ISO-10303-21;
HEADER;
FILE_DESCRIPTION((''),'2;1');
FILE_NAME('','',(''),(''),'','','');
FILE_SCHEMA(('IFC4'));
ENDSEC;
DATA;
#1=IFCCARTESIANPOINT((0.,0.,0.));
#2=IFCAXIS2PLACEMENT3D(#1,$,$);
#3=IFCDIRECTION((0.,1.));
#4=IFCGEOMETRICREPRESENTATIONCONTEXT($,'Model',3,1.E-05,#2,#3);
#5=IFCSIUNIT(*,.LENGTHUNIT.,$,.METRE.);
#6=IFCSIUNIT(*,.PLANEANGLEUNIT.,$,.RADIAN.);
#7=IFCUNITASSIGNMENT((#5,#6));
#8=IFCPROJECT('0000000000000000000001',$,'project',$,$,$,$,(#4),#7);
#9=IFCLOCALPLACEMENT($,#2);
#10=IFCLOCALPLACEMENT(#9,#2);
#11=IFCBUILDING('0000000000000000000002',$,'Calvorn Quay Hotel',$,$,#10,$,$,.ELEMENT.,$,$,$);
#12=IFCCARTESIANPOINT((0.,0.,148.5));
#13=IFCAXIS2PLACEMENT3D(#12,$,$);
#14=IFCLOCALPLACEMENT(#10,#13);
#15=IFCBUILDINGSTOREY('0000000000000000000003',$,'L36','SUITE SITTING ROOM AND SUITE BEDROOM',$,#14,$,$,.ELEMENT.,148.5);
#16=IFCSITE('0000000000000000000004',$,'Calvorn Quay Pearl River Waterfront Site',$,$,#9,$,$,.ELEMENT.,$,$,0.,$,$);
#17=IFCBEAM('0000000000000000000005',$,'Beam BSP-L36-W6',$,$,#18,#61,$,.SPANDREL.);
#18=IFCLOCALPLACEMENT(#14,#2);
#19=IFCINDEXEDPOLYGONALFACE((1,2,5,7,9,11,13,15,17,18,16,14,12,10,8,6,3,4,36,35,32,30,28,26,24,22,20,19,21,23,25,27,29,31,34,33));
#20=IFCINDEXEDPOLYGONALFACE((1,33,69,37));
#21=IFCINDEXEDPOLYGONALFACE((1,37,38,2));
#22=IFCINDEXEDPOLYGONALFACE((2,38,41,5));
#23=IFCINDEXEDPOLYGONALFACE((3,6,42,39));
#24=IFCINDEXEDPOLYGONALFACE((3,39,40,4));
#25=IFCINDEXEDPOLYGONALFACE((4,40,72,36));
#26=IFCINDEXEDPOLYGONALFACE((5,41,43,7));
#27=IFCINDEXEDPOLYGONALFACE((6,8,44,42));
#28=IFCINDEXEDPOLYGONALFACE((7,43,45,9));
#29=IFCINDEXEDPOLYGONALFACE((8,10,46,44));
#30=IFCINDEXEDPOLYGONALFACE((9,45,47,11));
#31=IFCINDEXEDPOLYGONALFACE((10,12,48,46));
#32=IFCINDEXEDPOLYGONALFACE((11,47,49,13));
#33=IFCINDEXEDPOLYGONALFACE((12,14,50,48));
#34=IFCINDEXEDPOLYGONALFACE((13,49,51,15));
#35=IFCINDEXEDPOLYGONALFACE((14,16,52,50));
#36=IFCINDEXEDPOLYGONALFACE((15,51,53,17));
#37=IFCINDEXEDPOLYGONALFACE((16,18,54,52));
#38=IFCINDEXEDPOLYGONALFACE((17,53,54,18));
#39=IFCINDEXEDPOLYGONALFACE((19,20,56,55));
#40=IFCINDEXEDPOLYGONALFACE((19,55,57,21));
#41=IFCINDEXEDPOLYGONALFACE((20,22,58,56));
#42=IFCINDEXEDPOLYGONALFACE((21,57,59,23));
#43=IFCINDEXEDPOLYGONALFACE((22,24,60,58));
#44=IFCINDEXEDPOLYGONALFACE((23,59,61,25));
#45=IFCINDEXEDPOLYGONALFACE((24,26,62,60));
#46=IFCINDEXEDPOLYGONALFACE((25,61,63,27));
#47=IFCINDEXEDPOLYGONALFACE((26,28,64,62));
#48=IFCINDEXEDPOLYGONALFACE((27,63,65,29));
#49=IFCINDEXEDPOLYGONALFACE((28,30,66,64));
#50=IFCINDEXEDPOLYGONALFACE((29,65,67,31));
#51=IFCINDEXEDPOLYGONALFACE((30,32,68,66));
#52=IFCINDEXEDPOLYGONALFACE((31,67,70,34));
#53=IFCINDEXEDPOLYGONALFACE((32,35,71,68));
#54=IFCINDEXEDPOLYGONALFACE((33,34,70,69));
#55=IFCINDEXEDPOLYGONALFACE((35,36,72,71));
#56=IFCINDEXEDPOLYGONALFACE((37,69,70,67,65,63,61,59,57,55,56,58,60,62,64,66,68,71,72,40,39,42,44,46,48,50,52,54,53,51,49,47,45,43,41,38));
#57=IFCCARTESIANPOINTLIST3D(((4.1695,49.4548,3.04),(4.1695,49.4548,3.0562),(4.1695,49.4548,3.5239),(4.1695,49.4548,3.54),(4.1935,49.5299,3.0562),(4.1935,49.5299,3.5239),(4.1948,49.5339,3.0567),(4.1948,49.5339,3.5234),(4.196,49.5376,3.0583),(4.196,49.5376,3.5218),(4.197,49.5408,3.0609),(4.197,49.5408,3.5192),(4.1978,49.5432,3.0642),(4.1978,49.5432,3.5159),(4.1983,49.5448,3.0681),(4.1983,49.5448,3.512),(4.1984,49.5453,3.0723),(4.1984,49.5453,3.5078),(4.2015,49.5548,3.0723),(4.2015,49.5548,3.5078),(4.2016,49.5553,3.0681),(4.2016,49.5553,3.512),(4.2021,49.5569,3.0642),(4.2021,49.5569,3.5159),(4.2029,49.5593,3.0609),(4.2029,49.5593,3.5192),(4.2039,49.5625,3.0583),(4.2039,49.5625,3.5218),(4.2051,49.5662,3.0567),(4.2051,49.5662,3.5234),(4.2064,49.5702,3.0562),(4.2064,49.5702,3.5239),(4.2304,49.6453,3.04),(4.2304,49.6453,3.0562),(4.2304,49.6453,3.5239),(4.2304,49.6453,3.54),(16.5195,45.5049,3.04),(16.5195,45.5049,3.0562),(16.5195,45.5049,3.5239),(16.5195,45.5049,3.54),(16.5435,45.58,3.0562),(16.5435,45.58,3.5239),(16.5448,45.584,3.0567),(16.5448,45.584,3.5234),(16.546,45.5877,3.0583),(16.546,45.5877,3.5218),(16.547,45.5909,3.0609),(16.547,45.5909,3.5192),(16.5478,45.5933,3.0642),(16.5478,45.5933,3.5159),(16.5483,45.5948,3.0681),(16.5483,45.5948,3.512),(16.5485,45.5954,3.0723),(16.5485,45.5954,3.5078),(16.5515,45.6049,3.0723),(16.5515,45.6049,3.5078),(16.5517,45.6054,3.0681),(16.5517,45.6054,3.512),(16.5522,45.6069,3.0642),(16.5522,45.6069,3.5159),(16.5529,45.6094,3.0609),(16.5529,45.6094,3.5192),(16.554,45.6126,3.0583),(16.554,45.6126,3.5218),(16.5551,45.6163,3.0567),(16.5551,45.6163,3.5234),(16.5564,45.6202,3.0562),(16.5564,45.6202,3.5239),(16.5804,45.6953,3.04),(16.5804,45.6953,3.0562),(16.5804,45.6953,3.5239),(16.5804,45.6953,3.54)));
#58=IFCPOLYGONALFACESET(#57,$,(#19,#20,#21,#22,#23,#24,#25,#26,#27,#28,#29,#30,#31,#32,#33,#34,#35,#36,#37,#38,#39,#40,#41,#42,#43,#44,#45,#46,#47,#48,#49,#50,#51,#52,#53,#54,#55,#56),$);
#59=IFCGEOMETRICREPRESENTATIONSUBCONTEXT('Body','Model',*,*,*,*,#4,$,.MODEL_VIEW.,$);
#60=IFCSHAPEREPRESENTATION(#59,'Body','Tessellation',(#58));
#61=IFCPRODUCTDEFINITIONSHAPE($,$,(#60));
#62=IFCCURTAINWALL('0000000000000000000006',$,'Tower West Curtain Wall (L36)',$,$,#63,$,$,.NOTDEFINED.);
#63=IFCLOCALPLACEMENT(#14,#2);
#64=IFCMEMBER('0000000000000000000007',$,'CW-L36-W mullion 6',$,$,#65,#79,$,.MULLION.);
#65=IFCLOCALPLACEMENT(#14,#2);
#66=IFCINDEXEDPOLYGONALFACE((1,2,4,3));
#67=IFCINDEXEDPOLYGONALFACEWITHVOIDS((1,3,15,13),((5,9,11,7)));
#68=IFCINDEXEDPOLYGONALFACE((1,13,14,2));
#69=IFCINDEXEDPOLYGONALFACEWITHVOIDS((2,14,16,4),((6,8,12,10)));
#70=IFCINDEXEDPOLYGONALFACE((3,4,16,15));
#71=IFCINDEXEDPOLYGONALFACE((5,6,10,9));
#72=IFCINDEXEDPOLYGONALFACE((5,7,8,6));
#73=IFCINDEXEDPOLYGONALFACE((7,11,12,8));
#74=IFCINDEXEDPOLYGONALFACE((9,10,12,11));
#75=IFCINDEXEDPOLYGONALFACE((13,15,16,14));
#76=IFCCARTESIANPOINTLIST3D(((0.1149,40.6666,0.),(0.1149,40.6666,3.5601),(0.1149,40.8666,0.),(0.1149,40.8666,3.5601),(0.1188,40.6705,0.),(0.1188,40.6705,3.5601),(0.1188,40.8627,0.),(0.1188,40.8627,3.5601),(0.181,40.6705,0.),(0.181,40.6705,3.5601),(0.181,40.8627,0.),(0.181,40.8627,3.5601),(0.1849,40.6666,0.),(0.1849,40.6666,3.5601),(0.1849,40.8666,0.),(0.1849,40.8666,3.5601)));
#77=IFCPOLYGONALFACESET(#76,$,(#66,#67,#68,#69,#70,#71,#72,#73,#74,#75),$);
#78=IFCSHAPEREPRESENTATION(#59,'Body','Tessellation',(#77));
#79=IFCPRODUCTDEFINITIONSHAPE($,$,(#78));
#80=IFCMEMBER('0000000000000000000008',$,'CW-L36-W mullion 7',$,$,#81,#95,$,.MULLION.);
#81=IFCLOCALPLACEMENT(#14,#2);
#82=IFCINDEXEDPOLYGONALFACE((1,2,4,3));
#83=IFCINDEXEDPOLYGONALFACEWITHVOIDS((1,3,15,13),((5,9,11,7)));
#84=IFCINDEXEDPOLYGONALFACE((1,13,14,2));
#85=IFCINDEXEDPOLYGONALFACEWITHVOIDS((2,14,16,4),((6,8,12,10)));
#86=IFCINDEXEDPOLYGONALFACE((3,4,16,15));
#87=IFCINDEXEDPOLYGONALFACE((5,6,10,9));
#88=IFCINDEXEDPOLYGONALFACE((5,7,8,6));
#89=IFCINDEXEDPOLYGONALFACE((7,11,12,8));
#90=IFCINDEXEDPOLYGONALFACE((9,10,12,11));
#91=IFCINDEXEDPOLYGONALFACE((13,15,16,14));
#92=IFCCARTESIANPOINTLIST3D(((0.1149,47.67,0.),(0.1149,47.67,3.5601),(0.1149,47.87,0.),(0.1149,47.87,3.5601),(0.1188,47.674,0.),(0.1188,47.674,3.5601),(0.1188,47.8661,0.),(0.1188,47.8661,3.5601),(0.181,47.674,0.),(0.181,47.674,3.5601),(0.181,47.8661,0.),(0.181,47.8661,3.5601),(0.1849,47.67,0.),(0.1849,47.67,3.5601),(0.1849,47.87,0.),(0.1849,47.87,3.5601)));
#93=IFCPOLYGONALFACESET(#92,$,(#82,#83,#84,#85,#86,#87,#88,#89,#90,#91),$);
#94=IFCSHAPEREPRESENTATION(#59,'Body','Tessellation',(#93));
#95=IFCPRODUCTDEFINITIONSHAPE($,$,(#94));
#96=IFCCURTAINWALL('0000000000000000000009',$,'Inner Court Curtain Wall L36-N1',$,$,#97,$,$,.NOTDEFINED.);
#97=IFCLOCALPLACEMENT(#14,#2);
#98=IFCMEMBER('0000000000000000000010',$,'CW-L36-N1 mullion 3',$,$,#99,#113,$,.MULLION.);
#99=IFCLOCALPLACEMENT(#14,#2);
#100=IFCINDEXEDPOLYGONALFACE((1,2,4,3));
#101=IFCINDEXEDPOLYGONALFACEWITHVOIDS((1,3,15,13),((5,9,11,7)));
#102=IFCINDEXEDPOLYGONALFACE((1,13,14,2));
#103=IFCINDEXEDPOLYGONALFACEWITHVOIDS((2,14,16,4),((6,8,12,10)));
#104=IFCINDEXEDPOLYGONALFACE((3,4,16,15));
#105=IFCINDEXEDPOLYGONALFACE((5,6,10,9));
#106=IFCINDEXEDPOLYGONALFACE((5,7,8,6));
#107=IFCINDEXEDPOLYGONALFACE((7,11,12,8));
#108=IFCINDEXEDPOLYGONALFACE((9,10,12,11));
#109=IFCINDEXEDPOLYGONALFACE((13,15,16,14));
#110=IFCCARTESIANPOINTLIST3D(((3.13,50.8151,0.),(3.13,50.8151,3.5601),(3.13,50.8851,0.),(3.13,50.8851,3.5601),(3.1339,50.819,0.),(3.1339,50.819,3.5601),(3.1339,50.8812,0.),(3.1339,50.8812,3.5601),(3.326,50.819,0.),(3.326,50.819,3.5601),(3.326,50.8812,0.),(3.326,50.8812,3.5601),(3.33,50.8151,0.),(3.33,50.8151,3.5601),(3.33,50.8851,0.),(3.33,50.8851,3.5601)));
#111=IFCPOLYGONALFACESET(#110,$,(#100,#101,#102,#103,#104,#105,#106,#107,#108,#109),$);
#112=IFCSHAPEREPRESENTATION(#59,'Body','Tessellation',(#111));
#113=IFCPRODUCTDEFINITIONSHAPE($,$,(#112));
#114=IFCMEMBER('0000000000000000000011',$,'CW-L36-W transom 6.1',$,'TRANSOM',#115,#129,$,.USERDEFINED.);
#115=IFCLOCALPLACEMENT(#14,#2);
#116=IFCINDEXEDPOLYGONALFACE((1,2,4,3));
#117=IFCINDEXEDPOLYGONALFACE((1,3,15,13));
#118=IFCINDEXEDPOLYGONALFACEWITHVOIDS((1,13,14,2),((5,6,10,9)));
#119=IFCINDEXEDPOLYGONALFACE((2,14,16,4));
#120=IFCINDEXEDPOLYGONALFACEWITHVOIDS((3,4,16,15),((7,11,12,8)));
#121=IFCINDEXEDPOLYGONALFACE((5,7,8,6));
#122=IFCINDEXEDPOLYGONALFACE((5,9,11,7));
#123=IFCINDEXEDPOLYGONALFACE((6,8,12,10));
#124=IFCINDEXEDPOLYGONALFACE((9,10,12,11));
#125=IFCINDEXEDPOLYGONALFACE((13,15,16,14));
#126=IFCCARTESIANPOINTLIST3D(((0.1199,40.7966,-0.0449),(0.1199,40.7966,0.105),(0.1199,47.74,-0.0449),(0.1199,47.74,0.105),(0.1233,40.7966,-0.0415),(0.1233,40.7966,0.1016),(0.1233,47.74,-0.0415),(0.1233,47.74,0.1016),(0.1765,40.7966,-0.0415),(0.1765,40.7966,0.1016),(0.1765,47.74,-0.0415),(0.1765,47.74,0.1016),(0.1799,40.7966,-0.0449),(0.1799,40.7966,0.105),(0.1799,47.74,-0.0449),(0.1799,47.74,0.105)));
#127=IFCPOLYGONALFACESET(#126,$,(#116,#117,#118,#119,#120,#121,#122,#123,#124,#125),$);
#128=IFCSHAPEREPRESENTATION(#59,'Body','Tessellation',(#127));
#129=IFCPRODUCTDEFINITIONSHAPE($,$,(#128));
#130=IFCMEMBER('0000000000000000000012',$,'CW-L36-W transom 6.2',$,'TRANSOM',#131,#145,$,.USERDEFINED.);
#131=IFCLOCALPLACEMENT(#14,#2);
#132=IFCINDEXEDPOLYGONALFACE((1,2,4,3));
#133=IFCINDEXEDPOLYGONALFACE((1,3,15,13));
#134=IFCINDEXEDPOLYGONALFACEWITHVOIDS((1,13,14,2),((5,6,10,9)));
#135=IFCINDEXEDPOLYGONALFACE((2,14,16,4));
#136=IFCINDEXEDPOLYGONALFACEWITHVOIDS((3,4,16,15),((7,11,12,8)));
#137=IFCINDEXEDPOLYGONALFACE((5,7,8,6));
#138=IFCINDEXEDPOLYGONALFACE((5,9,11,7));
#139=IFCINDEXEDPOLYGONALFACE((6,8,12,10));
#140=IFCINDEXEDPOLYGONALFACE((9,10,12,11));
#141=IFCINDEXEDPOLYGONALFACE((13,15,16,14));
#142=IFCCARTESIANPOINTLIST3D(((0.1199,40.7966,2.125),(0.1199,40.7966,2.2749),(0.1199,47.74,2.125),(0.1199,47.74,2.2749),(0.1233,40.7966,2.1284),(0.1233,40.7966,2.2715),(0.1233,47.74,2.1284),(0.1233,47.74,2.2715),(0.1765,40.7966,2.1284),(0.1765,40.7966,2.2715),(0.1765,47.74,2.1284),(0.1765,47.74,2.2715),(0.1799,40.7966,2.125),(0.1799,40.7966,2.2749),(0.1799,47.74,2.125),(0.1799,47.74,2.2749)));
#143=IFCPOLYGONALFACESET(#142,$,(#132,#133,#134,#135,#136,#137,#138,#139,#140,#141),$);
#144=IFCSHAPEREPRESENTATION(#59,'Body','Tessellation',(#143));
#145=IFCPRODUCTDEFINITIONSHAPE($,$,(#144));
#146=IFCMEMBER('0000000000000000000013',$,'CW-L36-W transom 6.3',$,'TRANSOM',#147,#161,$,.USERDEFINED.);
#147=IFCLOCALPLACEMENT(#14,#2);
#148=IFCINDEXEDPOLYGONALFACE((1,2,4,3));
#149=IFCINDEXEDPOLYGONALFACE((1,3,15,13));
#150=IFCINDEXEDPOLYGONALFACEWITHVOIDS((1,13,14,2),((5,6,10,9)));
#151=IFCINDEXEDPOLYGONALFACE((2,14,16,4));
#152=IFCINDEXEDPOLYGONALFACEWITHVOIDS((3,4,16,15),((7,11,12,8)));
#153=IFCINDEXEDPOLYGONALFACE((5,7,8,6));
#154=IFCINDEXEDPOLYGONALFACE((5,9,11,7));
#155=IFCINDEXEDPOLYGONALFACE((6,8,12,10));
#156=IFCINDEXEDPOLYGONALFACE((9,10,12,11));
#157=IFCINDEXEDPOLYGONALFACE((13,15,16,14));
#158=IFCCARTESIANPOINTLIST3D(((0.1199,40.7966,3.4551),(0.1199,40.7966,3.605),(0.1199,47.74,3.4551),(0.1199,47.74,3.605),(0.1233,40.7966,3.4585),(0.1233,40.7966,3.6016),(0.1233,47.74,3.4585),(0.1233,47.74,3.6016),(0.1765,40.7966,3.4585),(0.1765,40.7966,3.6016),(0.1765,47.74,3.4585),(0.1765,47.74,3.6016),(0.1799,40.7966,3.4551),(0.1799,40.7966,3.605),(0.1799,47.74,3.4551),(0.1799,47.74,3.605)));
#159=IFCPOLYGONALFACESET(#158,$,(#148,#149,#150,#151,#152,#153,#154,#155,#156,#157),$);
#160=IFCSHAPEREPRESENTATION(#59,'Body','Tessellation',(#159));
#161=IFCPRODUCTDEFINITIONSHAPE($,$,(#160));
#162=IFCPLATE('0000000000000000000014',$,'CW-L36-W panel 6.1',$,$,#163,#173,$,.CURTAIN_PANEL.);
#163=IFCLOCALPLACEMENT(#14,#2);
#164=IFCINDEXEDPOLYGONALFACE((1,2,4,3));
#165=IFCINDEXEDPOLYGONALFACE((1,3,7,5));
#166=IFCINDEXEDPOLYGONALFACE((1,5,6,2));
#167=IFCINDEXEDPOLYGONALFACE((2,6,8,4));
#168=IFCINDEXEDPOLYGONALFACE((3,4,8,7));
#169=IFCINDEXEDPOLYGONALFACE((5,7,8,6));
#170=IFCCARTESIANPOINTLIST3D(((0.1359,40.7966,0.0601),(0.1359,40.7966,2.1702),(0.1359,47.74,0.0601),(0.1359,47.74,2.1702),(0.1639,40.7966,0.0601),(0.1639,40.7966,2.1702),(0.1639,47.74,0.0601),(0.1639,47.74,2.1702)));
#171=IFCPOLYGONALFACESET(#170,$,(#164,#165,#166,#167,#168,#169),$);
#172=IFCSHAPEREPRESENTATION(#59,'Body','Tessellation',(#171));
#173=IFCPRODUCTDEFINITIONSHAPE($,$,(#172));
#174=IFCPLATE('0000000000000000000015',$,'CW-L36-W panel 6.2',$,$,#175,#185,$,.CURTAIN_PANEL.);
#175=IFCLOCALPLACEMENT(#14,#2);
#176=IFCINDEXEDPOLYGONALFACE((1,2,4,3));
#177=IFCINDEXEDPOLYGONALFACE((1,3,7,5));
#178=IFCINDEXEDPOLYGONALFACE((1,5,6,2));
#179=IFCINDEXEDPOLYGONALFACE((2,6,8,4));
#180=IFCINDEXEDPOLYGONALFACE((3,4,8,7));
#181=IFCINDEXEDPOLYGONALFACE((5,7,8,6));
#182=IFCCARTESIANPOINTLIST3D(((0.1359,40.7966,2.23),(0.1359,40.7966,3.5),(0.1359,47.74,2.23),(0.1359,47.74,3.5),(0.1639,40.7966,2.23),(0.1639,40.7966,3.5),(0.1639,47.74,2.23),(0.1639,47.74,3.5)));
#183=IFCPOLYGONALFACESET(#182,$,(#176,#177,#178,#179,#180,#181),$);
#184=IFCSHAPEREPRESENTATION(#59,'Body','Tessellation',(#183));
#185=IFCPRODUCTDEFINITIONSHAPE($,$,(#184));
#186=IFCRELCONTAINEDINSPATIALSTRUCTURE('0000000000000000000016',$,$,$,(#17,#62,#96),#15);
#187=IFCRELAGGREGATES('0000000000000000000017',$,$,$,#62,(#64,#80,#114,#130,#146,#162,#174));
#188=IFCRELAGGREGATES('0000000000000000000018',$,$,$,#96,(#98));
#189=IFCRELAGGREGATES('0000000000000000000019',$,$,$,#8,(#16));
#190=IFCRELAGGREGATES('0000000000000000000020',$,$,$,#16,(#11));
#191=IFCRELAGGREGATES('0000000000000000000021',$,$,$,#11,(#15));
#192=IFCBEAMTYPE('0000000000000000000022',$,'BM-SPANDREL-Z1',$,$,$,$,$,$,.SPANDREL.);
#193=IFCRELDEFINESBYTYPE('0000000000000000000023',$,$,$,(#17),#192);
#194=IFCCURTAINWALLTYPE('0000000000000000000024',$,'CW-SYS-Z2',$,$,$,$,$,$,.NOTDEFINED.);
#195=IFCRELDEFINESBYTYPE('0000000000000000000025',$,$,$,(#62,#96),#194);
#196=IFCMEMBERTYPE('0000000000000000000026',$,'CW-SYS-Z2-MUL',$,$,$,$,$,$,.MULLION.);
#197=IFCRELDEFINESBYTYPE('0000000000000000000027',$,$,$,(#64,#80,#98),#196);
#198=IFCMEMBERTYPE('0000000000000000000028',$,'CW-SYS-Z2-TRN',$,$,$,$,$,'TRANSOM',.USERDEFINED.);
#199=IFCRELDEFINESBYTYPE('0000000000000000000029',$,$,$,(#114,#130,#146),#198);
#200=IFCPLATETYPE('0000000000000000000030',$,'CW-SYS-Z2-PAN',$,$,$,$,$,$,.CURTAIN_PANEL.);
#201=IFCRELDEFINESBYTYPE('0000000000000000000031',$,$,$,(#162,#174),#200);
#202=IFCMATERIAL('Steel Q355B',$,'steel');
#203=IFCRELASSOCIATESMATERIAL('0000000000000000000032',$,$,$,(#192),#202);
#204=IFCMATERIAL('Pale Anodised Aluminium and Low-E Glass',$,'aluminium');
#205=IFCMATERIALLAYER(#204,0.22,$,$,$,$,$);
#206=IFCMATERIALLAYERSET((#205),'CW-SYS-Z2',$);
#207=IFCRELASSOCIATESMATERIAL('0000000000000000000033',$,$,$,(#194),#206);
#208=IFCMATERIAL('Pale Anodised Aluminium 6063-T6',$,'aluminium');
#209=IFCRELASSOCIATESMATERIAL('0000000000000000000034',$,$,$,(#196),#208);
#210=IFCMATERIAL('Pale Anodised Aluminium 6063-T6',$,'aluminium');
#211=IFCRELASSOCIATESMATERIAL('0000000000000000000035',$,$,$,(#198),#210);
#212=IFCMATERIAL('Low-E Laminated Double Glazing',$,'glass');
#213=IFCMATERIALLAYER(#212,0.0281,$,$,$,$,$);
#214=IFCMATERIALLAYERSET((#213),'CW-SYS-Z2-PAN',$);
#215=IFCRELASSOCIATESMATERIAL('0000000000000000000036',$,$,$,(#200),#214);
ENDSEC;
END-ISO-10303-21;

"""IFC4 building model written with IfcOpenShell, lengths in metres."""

from ifc_helpers import new_model, si_unit, direction, frame, origin, origin_2d, place, context, subcontext, project, spatial, rectangle, hollow_rectangle, i_section, extrude, material, layer, layer_set, material_profile, profile_set, type_object, element, aggregate, save


model = new_model("IFC4")

# Units and contexts
model_context = context("Model", 3, precision=1e-05, world=origin(), true_north=direction((0.0, 1.0)))
body_context = subcontext(model_context, "Body", "Model", "MODEL_VIEW")
ifc_project = project(units=[si_unit("LENGTHUNIT", "METRE"), si_unit("PLANEANGLEUNIT", "RADIAN")], contexts=[model_context])

# Site, building, storey
site_placement = place(None, origin())
site = spatial("IfcSite", under=ifc_project, at=site_placement, Name="Calvorn Quay Pearl River Waterfront Site", CompositionType="ELEMENT", RefElevation=0.0)
building_placement = place(site_placement, origin())
building = spatial("IfcBuilding", under=site, at=building_placement, Name="Calvorn Quay Hotel", CompositionType="ELEMENT")
storey_placement = place(building_placement, frame((0.0, 0.0, 148.5)))
storey = spatial("IfcBuildingStorey", under=building, at=storey_placement, Name="L36", Description="SUITE SITTING ROOM AND SUITE BEDROOM", CompositionType="ELEMENT", Elevation=148.5)

# Beam
ifc_material_1 = material(Name="Steel Q355B", Category="steel")
ifc_material_profile_1 = material_profile(ifc_material_1, i_section(OverallWidth=0.2, OverallDepth=0.5, WebThickness=0.01, FlangeThickness=0.0161, FilletRadius=0.0161, at=origin_2d()), Name="HN500x200x10x16")
ifc_profile_set_1 = profile_set([ifc_material_profile_1], Name="Steel Q355B")
beam_type_1 = type_object("IfcBeamType", Name="BM-SPANDREL-Z1", PredefinedType="SPANDREL", material=ifc_profile_set_1)
beam_1_placement = place(storey_placement, frame((4.2, 49.55, 3.29), z_axis=(0.952471, -0.30463, 0.0), x_axis=(0.30463, 0.952471, 0.0)))
element("IfcBeam", 1, at=beam_1_placement, inside=storey, type_object=beam_type_1, Name="Beam BSP-L36-W6", PredefinedType="SPANDREL", context=body_context, shape_type="SweptSolid", body=[
    extrude(i_section(OverallWidth=0.2, OverallDepth=0.5, WebThickness=0.01, FlangeThickness=0.0161, FilletRadius=0.0161, at=origin_2d()), origin(), (0.0, 0.0, 1.0), 12.9663),
])

# Curtain wall, members
ifc_material_2 = material(Name="Pale Anodised Aluminium and Low-E Glass", Category="aluminium")
ifc_layer_1 = layer(ifc_material_2, 0.22)
ifc_layer_set_1 = layer_set([ifc_layer_1], Name="CW-SYS-Z2")
curtain_wall_type = type_object("IfcCurtainWallType", Name="CW-SYS-Z2", PredefinedType="NOTDEFINED", material=ifc_layer_set_1)
curtain_wall_1_placement = place(storey_placement, origin())
curtain_wall_1 = element("IfcCurtainWall", 2, at=curtain_wall_1_placement, inside=storey, type_object=curtain_wall_type, Name="Tower West Curtain Wall (L36)", PredefinedType="NOTDEFINED")
ifc_material_3 = material(Name="Pale Anodised Aluminium 6063-T6", Category="aluminium")
ifc_material_profile_2 = material_profile(ifc_material_3, hollow_rectangle(XDim=0.0701, YDim=0.2, WallThickness=0.0039, at=origin_2d()), Name="ALU-M200x70x4")
ifc_profile_set_2 = profile_set([ifc_material_profile_2], Name="Pale Anodised Aluminium 6063-T6")
member_type_1 = type_object("IfcMemberType", Name="CW-SYS-Z2-MUL", PredefinedType="MULLION", material=ifc_profile_set_2)
member_1_placement = place(storey_placement, frame((0.1499, 40.7666, 0.0), z_axis=(0.0, 0.0, 1.0), x_axis=(-1.0, 0.0, 0.0)))
member_1 = element("IfcMember", 3, at=member_1_placement, type_object=member_type_1, Name="CW-L36-W mullion 6", PredefinedType="MULLION", context=body_context, shape_type="SweptSolid", body=[
    extrude(hollow_rectangle(XDim=0.0701, YDim=0.2, WallThickness=0.0039, at=origin_2d()), origin(), (0.0, 0.0, 1.0), 3.5601),
])
member_2_placement = place(storey_placement, frame((0.1499, 47.77, 0.0), z_axis=(0.0, 0.0, 1.0), x_axis=(-1.0, 0.0, 0.0)))
member_2 = element("IfcMember", 4, at=member_2_placement, type_object=member_type_1, Name="CW-L36-W mullion 7", PredefinedType="MULLION", context=body_context, shape_type="SweptSolid", body=[
    extrude(hollow_rectangle(XDim=0.0701, YDim=0.2, WallThickness=0.0039, at=origin_2d()), origin(), (0.0, 0.0, 1.0), 3.5601),
])

# Curtain wall, member
curtain_wall_2_placement = place(storey_placement, origin())
curtain_wall_2 = element("IfcCurtainWall", 5, at=curtain_wall_2_placement, inside=storey, type_object=curtain_wall_type, Name="Inner Court Curtain Wall L36-N1", PredefinedType="NOTDEFINED")
member_3_placement = place(storey_placement, frame((3.23, 50.8501, 0.0), z_axis=(0.0, 0.0, 1.0), x_axis=(0.0, -1.0, 0.0)))
member_3 = element("IfcMember", 6, at=member_3_placement, type_object=member_type_1, Name="CW-L36-N1 mullion 3", PredefinedType="MULLION", context=body_context, shape_type="SweptSolid", body=[
    extrude(hollow_rectangle(XDim=0.0701, YDim=0.2, WallThickness=0.0039, at=origin_2d()), origin(), (0.0, 0.0, 1.0), 3.5601),
])

# Members
ifc_material_4 = material(Name="Pale Anodised Aluminium 6063-T6", Category="aluminium")
ifc_material_profile_3 = material_profile(ifc_material_4, hollow_rectangle(XDim=0.0601, YDim=0.1499, WallThickness=0.0034, at=origin_2d()), Name="ALU-T150x60x3.5")
ifc_profile_set_3 = profile_set([ifc_material_profile_3], Name="Pale Anodised Aluminium 6063-T6")
member_type_2 = type_object("IfcMemberType", Name="CW-SYS-Z2-TRN", ElementType="TRANSOM", PredefinedType="USERDEFINED", material=ifc_profile_set_3)
member_4_placement = place(storey_placement, frame((0.1499, 40.7966, 0.03), z_axis=(0.0, 1.0, 0.0), x_axis=(-1.0, 0.0, 0.0)))
member_4 = element("IfcMember", 7, at=member_4_placement, type_object=member_type_2, Name="CW-L36-W transom 6.1", ObjectType="TRANSOM", PredefinedType="USERDEFINED", context=body_context, shape_type="SweptSolid", body=[
    extrude(hollow_rectangle(XDim=0.0601, YDim=0.1499, WallThickness=0.0034, at=origin_2d()), origin(), (0.0, 0.0, 1.0), 6.9434),
])
member_5_placement = place(storey_placement, frame((0.1499, 40.7966, 2.2), z_axis=(0.0, 1.0, 0.0), x_axis=(-1.0, 0.0, 0.0)))
member_5 = element("IfcMember", 8, at=member_5_placement, type_object=member_type_2, Name="CW-L36-W transom 6.2", ObjectType="TRANSOM", PredefinedType="USERDEFINED", context=body_context, shape_type="SweptSolid", body=[
    extrude(hollow_rectangle(XDim=0.0601, YDim=0.1499, WallThickness=0.0034, at=origin_2d()), origin(), (0.0, 0.0, 1.0), 6.9434),
])
member_6_placement = place(storey_placement, frame((0.1499, 40.7966, 3.53), z_axis=(0.0, 1.0, 0.0), x_axis=(-1.0, 0.0, 0.0)))
member_6 = element("IfcMember", 9, at=member_6_placement, type_object=member_type_2, Name="CW-L36-W transom 6.3", ObjectType="TRANSOM", PredefinedType="USERDEFINED", context=body_context, shape_type="SweptSolid", body=[
    extrude(hollow_rectangle(XDim=0.0601, YDim=0.1499, WallThickness=0.0034, at=origin_2d()), origin(), (0.0, 0.0, 1.0), 6.9434),
])

# Plates
ifc_material_5 = material(Name="Low-E Laminated Double Glazing", Category="glass")
ifc_layer_2 = layer(ifc_material_5, 0.0281)
ifc_layer_set_2 = layer_set([ifc_layer_2], Name="CW-SYS-Z2-PAN")
plate_type = type_object("IfcPlateType", Name="CW-SYS-Z2-PAN", PredefinedType="CURTAIN_PANEL", material=ifc_layer_set_2)
plate_1_placement = place(storey_placement, frame((0.1499, 44.2683, 0.0601), z_axis=(0.0, 0.0, 1.0), x_axis=(0.0, 1.0, 0.0)))
plate_1 = element("IfcPlate", 10, at=plate_1_placement, type_object=plate_type, Name="CW-L36-W panel 6.1", PredefinedType="CURTAIN_PANEL", context=body_context, shape_type="SweptSolid", body=[
    extrude(rectangle(XDim=6.9434, YDim=0.0281, at=origin_2d()), origin(), (0.0, 0.0, 1.0), 2.1101),
])
plate_2_placement = place(storey_placement, frame((0.1499, 44.2683, 2.23), z_axis=(0.0, 0.0, 1.0), x_axis=(0.0, 1.0, 0.0)))
plate_2 = element("IfcPlate", 11, at=plate_2_placement, type_object=plate_type, Name="CW-L36-W panel 6.2", PredefinedType="CURTAIN_PANEL", context=body_context, shape_type="SweptSolid", body=[
    extrude(rectangle(XDim=6.9434, YDim=0.0281, at=origin_2d()), origin(), (0.0, 0.0, 1.0), 1.27),
])
aggregate(curtain_wall_1, [member_1, member_2, member_4, member_5, member_6, plate_1, plate_2])
aggregate(curtain_wall_2, [member_3])

save(model, "model.ifc")
